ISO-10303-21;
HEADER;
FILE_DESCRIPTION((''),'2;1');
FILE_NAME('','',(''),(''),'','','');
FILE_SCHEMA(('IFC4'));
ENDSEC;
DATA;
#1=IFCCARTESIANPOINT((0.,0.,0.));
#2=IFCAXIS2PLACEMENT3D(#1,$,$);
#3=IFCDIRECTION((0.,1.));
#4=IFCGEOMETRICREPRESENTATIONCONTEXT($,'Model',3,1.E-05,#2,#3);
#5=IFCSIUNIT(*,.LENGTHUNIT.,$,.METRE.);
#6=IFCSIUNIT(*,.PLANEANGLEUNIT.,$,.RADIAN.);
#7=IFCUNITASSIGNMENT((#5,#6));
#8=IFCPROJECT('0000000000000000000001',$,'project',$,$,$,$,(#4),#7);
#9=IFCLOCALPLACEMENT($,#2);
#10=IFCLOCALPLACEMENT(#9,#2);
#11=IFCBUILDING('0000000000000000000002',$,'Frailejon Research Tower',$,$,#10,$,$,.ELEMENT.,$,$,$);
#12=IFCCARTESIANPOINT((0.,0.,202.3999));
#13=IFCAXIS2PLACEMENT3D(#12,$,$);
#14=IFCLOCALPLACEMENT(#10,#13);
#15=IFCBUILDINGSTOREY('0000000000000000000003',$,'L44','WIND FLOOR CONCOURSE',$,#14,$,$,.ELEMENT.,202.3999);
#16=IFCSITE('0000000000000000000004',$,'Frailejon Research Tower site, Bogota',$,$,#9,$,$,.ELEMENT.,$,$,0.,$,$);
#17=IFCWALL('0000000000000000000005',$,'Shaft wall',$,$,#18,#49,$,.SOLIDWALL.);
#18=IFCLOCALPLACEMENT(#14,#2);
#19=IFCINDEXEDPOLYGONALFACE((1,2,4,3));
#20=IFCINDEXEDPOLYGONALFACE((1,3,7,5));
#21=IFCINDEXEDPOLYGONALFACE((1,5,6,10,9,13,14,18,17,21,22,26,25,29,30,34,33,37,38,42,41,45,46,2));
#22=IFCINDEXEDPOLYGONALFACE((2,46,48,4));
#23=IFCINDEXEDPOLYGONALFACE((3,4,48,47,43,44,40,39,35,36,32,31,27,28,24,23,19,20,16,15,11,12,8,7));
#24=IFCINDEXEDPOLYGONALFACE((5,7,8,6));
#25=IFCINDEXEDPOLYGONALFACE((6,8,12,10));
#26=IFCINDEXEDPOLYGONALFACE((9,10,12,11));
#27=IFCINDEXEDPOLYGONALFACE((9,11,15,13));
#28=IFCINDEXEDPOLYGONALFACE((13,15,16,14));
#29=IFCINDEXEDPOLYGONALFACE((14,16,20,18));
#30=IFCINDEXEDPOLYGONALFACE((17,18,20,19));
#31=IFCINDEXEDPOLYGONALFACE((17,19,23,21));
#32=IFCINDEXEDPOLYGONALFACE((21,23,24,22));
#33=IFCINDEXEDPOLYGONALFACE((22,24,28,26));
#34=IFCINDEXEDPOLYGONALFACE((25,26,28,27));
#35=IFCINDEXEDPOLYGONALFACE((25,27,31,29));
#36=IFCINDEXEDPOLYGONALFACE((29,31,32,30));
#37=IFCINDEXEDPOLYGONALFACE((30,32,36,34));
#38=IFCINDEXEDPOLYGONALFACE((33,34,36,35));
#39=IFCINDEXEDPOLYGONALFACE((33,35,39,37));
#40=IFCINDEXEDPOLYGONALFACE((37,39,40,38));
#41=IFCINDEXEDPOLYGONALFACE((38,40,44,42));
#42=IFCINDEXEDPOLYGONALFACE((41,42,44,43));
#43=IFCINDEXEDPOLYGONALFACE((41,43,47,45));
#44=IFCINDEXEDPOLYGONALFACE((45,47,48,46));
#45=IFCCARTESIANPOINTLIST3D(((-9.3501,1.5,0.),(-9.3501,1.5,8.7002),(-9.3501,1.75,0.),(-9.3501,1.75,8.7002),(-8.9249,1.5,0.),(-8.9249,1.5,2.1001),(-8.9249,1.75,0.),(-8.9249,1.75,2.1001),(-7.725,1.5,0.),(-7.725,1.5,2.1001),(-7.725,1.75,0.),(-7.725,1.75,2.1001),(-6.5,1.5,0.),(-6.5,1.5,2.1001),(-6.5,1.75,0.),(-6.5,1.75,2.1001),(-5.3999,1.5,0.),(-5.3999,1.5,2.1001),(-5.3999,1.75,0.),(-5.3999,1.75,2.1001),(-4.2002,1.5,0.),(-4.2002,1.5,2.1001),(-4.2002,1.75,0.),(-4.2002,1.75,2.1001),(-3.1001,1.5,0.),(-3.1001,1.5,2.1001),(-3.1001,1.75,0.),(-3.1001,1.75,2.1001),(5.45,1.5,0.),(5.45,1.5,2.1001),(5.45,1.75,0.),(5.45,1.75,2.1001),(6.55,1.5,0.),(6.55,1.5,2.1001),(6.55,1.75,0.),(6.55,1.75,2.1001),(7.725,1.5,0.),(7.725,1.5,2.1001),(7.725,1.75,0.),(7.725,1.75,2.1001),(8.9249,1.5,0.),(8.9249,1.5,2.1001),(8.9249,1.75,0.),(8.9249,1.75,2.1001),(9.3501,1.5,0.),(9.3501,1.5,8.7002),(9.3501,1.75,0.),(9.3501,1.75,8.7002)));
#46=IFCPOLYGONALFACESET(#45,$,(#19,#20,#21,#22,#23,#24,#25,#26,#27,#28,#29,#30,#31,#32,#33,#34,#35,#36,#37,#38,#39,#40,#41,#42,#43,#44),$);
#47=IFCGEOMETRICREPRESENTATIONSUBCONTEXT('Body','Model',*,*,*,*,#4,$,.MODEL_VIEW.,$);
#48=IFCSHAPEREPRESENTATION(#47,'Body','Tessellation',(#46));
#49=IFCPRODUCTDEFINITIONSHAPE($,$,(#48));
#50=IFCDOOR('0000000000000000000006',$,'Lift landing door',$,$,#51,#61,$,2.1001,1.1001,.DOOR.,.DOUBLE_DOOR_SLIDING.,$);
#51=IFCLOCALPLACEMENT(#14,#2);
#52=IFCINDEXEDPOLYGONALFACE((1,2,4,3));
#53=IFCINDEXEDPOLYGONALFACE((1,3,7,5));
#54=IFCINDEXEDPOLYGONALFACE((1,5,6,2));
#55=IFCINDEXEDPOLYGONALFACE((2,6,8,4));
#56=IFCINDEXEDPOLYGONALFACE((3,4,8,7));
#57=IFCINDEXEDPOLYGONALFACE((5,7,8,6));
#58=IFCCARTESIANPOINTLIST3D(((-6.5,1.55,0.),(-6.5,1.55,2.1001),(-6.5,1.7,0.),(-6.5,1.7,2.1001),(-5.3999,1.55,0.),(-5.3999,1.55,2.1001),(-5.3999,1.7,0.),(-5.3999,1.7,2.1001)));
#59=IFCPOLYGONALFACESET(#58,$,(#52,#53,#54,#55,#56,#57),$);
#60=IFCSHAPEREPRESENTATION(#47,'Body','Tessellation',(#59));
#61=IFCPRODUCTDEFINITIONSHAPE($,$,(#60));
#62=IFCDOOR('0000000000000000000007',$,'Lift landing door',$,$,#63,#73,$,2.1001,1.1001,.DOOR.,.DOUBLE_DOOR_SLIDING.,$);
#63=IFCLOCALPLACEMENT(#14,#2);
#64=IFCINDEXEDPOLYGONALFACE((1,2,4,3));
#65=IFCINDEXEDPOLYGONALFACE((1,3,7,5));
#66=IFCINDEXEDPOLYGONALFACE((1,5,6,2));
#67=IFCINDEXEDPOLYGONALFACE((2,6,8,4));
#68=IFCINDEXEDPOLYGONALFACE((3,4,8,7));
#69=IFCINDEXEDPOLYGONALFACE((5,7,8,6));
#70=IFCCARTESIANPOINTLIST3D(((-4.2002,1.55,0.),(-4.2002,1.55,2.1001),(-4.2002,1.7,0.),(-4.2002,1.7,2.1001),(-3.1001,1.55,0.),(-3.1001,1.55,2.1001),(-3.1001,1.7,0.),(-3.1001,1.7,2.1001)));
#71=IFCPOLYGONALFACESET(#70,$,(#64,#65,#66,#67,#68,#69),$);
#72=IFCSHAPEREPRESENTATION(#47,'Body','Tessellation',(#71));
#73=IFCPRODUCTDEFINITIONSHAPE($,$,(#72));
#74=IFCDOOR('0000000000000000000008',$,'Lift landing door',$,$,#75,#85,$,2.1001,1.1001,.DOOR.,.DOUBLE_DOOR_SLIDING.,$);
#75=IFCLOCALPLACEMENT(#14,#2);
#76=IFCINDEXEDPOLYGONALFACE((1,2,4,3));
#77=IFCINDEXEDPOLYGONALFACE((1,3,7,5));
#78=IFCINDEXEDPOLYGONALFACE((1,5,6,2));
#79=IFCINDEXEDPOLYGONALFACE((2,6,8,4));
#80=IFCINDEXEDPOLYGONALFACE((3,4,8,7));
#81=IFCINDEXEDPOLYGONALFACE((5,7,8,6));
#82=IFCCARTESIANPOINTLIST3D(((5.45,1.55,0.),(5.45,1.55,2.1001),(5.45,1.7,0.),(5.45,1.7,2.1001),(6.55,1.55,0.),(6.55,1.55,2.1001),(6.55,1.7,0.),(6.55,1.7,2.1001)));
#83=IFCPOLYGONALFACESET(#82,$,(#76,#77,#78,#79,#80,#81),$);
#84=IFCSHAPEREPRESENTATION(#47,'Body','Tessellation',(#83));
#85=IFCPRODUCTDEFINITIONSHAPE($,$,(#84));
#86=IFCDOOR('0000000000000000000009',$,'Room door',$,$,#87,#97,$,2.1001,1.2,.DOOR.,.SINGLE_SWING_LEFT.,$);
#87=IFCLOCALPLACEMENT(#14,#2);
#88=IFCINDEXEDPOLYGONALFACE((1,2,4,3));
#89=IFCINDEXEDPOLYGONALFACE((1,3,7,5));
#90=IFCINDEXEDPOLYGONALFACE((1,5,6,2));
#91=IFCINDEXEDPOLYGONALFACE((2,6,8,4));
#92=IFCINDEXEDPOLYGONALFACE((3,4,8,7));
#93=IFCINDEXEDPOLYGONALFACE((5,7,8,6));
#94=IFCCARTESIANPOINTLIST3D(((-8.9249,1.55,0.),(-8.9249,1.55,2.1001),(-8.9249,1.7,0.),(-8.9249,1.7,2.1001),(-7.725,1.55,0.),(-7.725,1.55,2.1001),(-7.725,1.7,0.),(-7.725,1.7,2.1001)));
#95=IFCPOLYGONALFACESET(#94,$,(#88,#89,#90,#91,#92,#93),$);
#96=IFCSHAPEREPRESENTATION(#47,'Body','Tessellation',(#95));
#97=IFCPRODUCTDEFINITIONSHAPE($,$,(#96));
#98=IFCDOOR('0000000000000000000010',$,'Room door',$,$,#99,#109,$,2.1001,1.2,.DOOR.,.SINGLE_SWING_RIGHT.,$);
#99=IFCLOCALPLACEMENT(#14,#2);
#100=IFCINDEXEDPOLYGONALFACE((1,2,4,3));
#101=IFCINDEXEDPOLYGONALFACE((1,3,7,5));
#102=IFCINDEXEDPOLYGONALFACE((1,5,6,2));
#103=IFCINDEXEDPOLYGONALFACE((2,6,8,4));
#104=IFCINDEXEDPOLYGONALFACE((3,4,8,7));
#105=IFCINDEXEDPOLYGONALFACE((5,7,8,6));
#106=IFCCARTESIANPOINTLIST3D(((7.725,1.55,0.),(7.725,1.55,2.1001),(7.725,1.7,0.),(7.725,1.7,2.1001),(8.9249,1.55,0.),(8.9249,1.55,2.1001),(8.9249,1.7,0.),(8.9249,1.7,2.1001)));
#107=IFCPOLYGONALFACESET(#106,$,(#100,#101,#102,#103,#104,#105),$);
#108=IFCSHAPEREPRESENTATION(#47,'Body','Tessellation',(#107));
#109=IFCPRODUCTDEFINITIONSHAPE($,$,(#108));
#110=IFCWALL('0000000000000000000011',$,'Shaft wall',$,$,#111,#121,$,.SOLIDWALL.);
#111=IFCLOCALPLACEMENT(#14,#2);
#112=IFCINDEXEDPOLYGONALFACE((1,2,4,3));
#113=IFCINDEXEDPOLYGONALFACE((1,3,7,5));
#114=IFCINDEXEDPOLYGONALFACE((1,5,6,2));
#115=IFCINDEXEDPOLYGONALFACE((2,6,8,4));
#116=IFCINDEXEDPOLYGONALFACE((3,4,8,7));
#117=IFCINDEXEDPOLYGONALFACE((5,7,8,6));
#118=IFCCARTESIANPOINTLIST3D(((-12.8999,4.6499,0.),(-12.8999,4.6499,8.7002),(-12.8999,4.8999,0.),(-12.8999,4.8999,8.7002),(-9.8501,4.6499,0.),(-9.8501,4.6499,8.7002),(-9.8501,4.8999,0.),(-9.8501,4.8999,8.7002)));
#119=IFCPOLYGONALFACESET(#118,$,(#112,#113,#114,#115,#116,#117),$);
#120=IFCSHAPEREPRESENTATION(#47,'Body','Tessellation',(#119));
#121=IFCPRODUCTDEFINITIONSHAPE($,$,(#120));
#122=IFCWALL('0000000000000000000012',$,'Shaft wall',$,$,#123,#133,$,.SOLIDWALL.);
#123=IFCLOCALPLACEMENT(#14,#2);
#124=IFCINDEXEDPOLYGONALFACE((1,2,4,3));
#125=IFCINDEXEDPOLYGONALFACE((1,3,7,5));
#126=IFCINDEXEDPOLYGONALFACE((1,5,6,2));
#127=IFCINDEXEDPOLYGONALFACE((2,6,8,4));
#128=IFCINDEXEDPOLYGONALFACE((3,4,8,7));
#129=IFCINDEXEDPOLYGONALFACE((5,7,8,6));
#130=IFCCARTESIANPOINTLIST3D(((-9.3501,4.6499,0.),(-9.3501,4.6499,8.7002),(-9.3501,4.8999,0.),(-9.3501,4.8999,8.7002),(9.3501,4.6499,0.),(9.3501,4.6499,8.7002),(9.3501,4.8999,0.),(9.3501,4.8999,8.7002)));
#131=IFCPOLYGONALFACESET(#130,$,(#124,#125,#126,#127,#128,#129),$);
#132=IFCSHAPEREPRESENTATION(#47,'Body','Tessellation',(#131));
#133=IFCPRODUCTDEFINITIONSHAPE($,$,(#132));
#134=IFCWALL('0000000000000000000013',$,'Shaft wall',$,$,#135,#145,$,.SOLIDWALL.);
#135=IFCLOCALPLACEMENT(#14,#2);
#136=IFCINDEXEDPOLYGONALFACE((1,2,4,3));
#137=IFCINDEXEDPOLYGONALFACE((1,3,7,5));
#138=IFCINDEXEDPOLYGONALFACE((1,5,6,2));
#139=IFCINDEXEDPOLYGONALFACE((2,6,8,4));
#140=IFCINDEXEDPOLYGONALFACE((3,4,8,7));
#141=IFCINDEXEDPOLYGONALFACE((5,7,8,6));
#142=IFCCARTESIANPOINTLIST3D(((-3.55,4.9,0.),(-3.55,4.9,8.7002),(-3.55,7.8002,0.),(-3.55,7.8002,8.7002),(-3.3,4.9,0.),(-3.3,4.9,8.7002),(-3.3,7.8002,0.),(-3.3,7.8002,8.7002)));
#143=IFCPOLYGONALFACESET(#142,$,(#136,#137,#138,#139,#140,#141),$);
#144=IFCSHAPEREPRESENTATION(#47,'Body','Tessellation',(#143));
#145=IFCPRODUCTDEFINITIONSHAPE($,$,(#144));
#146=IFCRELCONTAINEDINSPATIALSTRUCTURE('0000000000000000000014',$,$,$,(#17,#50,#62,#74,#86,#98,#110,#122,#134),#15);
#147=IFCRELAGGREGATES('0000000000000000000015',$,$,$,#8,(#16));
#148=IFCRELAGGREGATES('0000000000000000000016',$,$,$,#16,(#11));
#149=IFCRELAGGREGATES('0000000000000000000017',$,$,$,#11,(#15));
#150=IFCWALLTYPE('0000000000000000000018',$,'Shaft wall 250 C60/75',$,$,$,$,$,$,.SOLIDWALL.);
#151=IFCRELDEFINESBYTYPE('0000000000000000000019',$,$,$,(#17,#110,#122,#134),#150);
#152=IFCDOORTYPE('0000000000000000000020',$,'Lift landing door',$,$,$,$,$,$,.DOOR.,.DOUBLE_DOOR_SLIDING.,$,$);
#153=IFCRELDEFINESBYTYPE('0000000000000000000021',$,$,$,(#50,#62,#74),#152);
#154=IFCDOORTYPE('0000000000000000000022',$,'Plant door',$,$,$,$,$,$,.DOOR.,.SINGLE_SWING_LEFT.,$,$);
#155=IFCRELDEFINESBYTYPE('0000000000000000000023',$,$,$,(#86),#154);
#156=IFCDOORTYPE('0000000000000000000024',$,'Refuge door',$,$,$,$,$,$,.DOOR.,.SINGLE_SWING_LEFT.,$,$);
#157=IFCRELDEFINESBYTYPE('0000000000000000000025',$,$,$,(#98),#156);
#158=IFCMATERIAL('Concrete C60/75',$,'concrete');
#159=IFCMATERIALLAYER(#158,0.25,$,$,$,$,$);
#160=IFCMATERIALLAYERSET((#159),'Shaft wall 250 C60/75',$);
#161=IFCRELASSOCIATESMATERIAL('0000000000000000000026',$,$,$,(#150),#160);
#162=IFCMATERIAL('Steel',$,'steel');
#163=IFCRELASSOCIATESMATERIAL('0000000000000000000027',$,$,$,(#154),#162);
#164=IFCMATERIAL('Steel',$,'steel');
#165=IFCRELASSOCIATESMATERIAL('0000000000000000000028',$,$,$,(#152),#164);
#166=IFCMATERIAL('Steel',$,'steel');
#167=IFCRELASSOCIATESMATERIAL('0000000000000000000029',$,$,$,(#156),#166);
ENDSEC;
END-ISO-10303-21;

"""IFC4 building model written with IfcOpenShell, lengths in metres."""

from ifc_helpers import new_model, si_unit, direction, frame, frame_2d, origin, place, context, subcontext, project, spatial, rectangle, extrude, material, layer, layer_set, type_object, element, fill, save


model = new_model("IFC4")

# Units and contexts
model_context = context("Model", 3, precision=1e-05, world=origin(), true_north=direction((0.0, 1.0)))
body_context = subcontext(model_context, "Body", "Model", "MODEL_VIEW")
ifc_project = project(units=[si_unit("LENGTHUNIT", "METRE"), si_unit("PLANEANGLEUNIT", "RADIAN")], contexts=[model_context])

# Site, building, storey
site_placement = place(None, origin())
site = spatial("IfcSite", under=ifc_project, at=site_placement, Name="Frailejon Research Tower site, Bogota", CompositionType="ELEMENT", RefElevation=0.0)
building_placement = place(site_placement, origin())
building = spatial("IfcBuilding", under=site, at=building_placement, Name="Frailejon Research Tower", CompositionType="ELEMENT")
storey_placement = place(building_placement, frame((0.0, 0.0, 202.3999)))
storey = spatial("IfcBuildingStorey", under=building, at=storey_placement, Name="L44", Description="WIND FLOOR CONCOURSE", CompositionType="ELEMENT", Elevation=202.3999)

# Shared definitions
ifc_material_1 = material(Name="Concrete C60/75", Category="concrete")
ifc_layer_1 = layer(ifc_material_1, 0.25)
ifc_layer_set_1 = layer_set([ifc_layer_1], Name="Shaft wall 250 C60/75")
wall_type_1 = type_object("IfcWallType", Name="Shaft wall 250 C60/75", PredefinedType="SOLIDWALL", material=ifc_layer_set_1)
ifc_material_2 = material(Name="Steel", Category="steel")
door_type_1 = type_object("IfcDoorType", Name="Plant door", OperationType="SINGLE_SWING_LEFT", PredefinedType="DOOR", material=ifc_material_2)

# Wall, openings, doors
wall_1_placement = place(storey_placement, frame((-9.3501, 1.625, 0.0), z_axis=(0.0, 0.0, 1.0), x_axis=(1.0, 0.0, 0.0)))
wall_1 = element("IfcWall", 1, at=wall_1_placement, inside=storey, type_object=wall_type_1, Name="Shaft wall", PredefinedType="SOLIDWALL", context=body_context, shape_type="SweptSolid", body=[
    extrude(rectangle(XDim=18.7002, YDim=0.25, at=frame_2d((9.3501, 0.0))), origin(), (0.0, 0.0, 1.0), 8.7002),
])
opening_1_placement = place(wall_1_placement, frame((2.8501, 0.0, 0.0)))
opening_1 = element("IfcOpeningElement", 2, at=opening_1_placement, cuts=wall_1, PredefinedType="OPENING", context=body_context, shape_type="SweptSolid", body=[
    extrude(rectangle(XDim=1.1001, YDim=2.1001, at=frame_2d((0.55, 1.05))), frame((0.0, 0.135, 0.0), z_axis=(0.0, -1.0, 0.0), x_axis=(1.0, 0.0, 0.0)), (0.0, 0.0, 1.0), 0.27),
])
opening_2_placement = place(wall_1_placement, frame((5.1499, 0.0, 0.0)))
opening_2 = element("IfcOpeningElement", 3, at=opening_2_placement, cuts=wall_1, PredefinedType="OPENING", context=body_context, shape_type="SweptSolid", body=[
    extrude(rectangle(XDim=1.1001, YDim=2.1001, at=frame_2d((0.55, 1.05))), frame((0.0, 0.135, 0.0), z_axis=(0.0, -1.0, 0.0), x_axis=(1.0, 0.0, 0.0)), (0.0, 0.0, 1.0), 0.27),
])
opening_3_placement = place(wall_1_placement, frame((14.8, 0.0, 0.0)))
opening_3 = element("IfcOpeningElement", 4, at=opening_3_placement, cuts=wall_1, PredefinedType="OPENING", context=body_context, shape_type="SweptSolid", body=[
    extrude(rectangle(XDim=1.1001, YDim=2.1001, at=frame_2d((0.55, 1.05))), frame((0.0, 0.135, 0.0), z_axis=(0.0, -1.0, 0.0), x_axis=(1.0, 0.0, 0.0)), (0.0, 0.0, 1.0), 0.27),
])
opening_4_placement = place(wall_1_placement, frame((0.425, 0.0, 0.0)))
opening_4 = element("IfcOpeningElement", 5, at=opening_4_placement, cuts=wall_1, PredefinedType="OPENING", context=body_context, shape_type="SweptSolid", body=[
    extrude(rectangle(XDim=1.2, YDim=2.1001, at=frame_2d((0.6001, 1.05))), frame((0.0, 0.135, 0.0), z_axis=(0.0, -1.0, 0.0), x_axis=(1.0, 0.0, 0.0)), (0.0, 0.0, 1.0), 0.27),
])
opening_5_placement = place(wall_1_placement, frame((17.075, 0.0, 0.0)))
opening_5 = element("IfcOpeningElement", 6, at=opening_5_placement, cuts=wall_1, PredefinedType="OPENING", context=body_context, shape_type="SweptSolid", body=[
    extrude(rectangle(XDim=1.2, YDim=2.1001, at=frame_2d((0.6001, 1.05))), frame((0.0, 0.135, 0.0), z_axis=(0.0, -1.0, 0.0), x_axis=(1.0, 0.0, 0.0)), (0.0, 0.0, 1.0), 0.27),
])
ifc_material_3 = material(Name="Steel", Category="steel")
door_type_2 = type_object("IfcDoorType", Name="Lift landing door", OperationType="DOUBLE_DOOR_SLIDING", PredefinedType="DOOR", material=ifc_material_3)
door_1_placement = place(opening_1_placement, origin())
door_1 = element("IfcDoor", 7, at=door_1_placement, inside=storey, type_object=door_type_2, Name="Lift landing door", OperationType="DOUBLE_DOOR_SLIDING", OverallHeight=2.1001, OverallWidth=1.1001, PredefinedType="DOOR", context=body_context, shape_type="SweptSolid", body=[
    extrude(rectangle(XDim=1.1001, YDim=2.1001, at=frame_2d((0.55, 1.05))), frame((0.0, 0.075, 0.0), z_axis=(0.0, -1.0, 0.0), x_axis=(1.0, 0.0, 0.0)), (0.0, 0.0, 1.0), 0.1499),
])
fill(opening_1, door_1)
door_2_placement = place(opening_2_placement, origin())
door_2 = element("IfcDoor", 8, at=door_2_placement, inside=storey, type_object=door_type_2, Name="Lift landing door", OperationType="DOUBLE_DOOR_SLIDING", OverallHeight=2.1001, OverallWidth=1.1001, PredefinedType="DOOR", context=body_context, shape_type="SweptSolid", body=[
    extrude(rectangle(XDim=1.1001, YDim=2.1001, at=frame_2d((0.55, 1.05))), frame((0.0, 0.075, 0.0), z_axis=(0.0, -1.0, 0.0), x_axis=(1.0, 0.0, 0.0)), (0.0, 0.0, 1.0), 0.1499),
])
fill(opening_2, door_2)
door_3_placement = place(opening_3_placement, origin())
door_3 = element("IfcDoor", 9, at=door_3_placement, inside=storey, type_object=door_type_2, Name="Lift landing door", OperationType="DOUBLE_DOOR_SLIDING", OverallHeight=2.1001, OverallWidth=1.1001, PredefinedType="DOOR", context=body_context, shape_type="SweptSolid", body=[
    extrude(rectangle(XDim=1.1001, YDim=2.1001, at=frame_2d((0.55, 1.05))), frame((0.0, 0.075, 0.0), z_axis=(0.0, -1.0, 0.0), x_axis=(1.0, 0.0, 0.0)), (0.0, 0.0, 1.0), 0.1499),
])
fill(opening_3, door_3)
door_4_placement = place(opening_4_placement, origin())
door_4 = element("IfcDoor", 10, at=door_4_placement, inside=storey, type_object=door_type_1, Name="Room door", OperationType="SINGLE_SWING_LEFT", OverallHeight=2.1001, OverallWidth=1.2, PredefinedType="DOOR", context=body_context, shape_type="SweptSolid", body=[
    extrude(rectangle(XDim=1.2, YDim=2.1001, at=frame_2d((0.6001, 1.05))), frame((0.0, 0.075, 0.0), z_axis=(0.0, -1.0, 0.0), x_axis=(1.0, 0.0, 0.0)), (0.0, 0.0, 1.0), 0.1499),
])
fill(opening_4, door_4)
ifc_material_4 = material(Name="Steel", Category="steel")
door_type_3 = type_object("IfcDoorType", Name="Refuge door", OperationType="SINGLE_SWING_LEFT", PredefinedType="DOOR", material=ifc_material_4)
door_5_placement = place(opening_5_placement, origin())
door_5 = element("IfcDoor", 11, at=door_5_placement, inside=storey, type_object=door_type_3, Name="Room door", OperationType="SINGLE_SWING_RIGHT", OverallHeight=2.1001, OverallWidth=1.2, PredefinedType="DOOR", context=body_context, shape_type="SweptSolid", body=[
    extrude(rectangle(XDim=1.2, YDim=2.1001, at=frame_2d((0.6001, 1.05))), frame((0.0, 0.075, 0.0), z_axis=(0.0, -1.0, 0.0), x_axis=(1.0, 0.0, 0.0)), (0.0, 0.0, 1.0), 0.1499),
])
fill(opening_5, door_5)

# Walls
wall_2_placement = place(storey_placement, frame((-12.8999, 4.7749, 0.0), z_axis=(0.0, 0.0, 1.0), x_axis=(1.0, 0.0, 0.0)))
element("IfcWall", 12, at=wall_2_placement, inside=storey, type_object=wall_type_1, Name="Shaft wall", PredefinedType="SOLIDWALL", context=body_context, shape_type="SweptSolid", body=[
    extrude(rectangle(XDim=3.0498, YDim=0.25, at=frame_2d((1.5249, 0.0))), origin(), (0.0, 0.0, 1.0), 8.7002),
])
wall_3_placement = place(storey_placement, frame((-9.3501, 4.7749, 0.0), z_axis=(0.0, 0.0, 1.0), x_axis=(1.0, 0.0, 0.0)))
element("IfcWall", 13, at=wall_3_placement, inside=storey, type_object=wall_type_1, Name="Shaft wall", PredefinedType="SOLIDWALL", context=body_context, shape_type="SweptSolid", body=[
    extrude(rectangle(XDim=18.7002, YDim=0.25, at=frame_2d((9.3501, 0.0))), origin(), (0.0, 0.0, 1.0), 8.7002),
])
wall_4_placement = place(storey_placement, frame((-3.425, 4.8999, 0.0), z_axis=(0.0, 0.0, 1.0), x_axis=(0.0, 1.0, 0.0)))
element("IfcWall", 14, at=wall_4_placement, inside=storey, type_object=wall_type_1, Name="Shaft wall", PredefinedType="SOLIDWALL", context=body_context, shape_type="SweptSolid", body=[
    extrude(rectangle(XDim=2.9001, YDim=0.25, at=frame_2d((1.4502, 0.0))), origin(), (0.0, 0.0, 1.0), 8.7002),
])

save(model, "model.ifc")
